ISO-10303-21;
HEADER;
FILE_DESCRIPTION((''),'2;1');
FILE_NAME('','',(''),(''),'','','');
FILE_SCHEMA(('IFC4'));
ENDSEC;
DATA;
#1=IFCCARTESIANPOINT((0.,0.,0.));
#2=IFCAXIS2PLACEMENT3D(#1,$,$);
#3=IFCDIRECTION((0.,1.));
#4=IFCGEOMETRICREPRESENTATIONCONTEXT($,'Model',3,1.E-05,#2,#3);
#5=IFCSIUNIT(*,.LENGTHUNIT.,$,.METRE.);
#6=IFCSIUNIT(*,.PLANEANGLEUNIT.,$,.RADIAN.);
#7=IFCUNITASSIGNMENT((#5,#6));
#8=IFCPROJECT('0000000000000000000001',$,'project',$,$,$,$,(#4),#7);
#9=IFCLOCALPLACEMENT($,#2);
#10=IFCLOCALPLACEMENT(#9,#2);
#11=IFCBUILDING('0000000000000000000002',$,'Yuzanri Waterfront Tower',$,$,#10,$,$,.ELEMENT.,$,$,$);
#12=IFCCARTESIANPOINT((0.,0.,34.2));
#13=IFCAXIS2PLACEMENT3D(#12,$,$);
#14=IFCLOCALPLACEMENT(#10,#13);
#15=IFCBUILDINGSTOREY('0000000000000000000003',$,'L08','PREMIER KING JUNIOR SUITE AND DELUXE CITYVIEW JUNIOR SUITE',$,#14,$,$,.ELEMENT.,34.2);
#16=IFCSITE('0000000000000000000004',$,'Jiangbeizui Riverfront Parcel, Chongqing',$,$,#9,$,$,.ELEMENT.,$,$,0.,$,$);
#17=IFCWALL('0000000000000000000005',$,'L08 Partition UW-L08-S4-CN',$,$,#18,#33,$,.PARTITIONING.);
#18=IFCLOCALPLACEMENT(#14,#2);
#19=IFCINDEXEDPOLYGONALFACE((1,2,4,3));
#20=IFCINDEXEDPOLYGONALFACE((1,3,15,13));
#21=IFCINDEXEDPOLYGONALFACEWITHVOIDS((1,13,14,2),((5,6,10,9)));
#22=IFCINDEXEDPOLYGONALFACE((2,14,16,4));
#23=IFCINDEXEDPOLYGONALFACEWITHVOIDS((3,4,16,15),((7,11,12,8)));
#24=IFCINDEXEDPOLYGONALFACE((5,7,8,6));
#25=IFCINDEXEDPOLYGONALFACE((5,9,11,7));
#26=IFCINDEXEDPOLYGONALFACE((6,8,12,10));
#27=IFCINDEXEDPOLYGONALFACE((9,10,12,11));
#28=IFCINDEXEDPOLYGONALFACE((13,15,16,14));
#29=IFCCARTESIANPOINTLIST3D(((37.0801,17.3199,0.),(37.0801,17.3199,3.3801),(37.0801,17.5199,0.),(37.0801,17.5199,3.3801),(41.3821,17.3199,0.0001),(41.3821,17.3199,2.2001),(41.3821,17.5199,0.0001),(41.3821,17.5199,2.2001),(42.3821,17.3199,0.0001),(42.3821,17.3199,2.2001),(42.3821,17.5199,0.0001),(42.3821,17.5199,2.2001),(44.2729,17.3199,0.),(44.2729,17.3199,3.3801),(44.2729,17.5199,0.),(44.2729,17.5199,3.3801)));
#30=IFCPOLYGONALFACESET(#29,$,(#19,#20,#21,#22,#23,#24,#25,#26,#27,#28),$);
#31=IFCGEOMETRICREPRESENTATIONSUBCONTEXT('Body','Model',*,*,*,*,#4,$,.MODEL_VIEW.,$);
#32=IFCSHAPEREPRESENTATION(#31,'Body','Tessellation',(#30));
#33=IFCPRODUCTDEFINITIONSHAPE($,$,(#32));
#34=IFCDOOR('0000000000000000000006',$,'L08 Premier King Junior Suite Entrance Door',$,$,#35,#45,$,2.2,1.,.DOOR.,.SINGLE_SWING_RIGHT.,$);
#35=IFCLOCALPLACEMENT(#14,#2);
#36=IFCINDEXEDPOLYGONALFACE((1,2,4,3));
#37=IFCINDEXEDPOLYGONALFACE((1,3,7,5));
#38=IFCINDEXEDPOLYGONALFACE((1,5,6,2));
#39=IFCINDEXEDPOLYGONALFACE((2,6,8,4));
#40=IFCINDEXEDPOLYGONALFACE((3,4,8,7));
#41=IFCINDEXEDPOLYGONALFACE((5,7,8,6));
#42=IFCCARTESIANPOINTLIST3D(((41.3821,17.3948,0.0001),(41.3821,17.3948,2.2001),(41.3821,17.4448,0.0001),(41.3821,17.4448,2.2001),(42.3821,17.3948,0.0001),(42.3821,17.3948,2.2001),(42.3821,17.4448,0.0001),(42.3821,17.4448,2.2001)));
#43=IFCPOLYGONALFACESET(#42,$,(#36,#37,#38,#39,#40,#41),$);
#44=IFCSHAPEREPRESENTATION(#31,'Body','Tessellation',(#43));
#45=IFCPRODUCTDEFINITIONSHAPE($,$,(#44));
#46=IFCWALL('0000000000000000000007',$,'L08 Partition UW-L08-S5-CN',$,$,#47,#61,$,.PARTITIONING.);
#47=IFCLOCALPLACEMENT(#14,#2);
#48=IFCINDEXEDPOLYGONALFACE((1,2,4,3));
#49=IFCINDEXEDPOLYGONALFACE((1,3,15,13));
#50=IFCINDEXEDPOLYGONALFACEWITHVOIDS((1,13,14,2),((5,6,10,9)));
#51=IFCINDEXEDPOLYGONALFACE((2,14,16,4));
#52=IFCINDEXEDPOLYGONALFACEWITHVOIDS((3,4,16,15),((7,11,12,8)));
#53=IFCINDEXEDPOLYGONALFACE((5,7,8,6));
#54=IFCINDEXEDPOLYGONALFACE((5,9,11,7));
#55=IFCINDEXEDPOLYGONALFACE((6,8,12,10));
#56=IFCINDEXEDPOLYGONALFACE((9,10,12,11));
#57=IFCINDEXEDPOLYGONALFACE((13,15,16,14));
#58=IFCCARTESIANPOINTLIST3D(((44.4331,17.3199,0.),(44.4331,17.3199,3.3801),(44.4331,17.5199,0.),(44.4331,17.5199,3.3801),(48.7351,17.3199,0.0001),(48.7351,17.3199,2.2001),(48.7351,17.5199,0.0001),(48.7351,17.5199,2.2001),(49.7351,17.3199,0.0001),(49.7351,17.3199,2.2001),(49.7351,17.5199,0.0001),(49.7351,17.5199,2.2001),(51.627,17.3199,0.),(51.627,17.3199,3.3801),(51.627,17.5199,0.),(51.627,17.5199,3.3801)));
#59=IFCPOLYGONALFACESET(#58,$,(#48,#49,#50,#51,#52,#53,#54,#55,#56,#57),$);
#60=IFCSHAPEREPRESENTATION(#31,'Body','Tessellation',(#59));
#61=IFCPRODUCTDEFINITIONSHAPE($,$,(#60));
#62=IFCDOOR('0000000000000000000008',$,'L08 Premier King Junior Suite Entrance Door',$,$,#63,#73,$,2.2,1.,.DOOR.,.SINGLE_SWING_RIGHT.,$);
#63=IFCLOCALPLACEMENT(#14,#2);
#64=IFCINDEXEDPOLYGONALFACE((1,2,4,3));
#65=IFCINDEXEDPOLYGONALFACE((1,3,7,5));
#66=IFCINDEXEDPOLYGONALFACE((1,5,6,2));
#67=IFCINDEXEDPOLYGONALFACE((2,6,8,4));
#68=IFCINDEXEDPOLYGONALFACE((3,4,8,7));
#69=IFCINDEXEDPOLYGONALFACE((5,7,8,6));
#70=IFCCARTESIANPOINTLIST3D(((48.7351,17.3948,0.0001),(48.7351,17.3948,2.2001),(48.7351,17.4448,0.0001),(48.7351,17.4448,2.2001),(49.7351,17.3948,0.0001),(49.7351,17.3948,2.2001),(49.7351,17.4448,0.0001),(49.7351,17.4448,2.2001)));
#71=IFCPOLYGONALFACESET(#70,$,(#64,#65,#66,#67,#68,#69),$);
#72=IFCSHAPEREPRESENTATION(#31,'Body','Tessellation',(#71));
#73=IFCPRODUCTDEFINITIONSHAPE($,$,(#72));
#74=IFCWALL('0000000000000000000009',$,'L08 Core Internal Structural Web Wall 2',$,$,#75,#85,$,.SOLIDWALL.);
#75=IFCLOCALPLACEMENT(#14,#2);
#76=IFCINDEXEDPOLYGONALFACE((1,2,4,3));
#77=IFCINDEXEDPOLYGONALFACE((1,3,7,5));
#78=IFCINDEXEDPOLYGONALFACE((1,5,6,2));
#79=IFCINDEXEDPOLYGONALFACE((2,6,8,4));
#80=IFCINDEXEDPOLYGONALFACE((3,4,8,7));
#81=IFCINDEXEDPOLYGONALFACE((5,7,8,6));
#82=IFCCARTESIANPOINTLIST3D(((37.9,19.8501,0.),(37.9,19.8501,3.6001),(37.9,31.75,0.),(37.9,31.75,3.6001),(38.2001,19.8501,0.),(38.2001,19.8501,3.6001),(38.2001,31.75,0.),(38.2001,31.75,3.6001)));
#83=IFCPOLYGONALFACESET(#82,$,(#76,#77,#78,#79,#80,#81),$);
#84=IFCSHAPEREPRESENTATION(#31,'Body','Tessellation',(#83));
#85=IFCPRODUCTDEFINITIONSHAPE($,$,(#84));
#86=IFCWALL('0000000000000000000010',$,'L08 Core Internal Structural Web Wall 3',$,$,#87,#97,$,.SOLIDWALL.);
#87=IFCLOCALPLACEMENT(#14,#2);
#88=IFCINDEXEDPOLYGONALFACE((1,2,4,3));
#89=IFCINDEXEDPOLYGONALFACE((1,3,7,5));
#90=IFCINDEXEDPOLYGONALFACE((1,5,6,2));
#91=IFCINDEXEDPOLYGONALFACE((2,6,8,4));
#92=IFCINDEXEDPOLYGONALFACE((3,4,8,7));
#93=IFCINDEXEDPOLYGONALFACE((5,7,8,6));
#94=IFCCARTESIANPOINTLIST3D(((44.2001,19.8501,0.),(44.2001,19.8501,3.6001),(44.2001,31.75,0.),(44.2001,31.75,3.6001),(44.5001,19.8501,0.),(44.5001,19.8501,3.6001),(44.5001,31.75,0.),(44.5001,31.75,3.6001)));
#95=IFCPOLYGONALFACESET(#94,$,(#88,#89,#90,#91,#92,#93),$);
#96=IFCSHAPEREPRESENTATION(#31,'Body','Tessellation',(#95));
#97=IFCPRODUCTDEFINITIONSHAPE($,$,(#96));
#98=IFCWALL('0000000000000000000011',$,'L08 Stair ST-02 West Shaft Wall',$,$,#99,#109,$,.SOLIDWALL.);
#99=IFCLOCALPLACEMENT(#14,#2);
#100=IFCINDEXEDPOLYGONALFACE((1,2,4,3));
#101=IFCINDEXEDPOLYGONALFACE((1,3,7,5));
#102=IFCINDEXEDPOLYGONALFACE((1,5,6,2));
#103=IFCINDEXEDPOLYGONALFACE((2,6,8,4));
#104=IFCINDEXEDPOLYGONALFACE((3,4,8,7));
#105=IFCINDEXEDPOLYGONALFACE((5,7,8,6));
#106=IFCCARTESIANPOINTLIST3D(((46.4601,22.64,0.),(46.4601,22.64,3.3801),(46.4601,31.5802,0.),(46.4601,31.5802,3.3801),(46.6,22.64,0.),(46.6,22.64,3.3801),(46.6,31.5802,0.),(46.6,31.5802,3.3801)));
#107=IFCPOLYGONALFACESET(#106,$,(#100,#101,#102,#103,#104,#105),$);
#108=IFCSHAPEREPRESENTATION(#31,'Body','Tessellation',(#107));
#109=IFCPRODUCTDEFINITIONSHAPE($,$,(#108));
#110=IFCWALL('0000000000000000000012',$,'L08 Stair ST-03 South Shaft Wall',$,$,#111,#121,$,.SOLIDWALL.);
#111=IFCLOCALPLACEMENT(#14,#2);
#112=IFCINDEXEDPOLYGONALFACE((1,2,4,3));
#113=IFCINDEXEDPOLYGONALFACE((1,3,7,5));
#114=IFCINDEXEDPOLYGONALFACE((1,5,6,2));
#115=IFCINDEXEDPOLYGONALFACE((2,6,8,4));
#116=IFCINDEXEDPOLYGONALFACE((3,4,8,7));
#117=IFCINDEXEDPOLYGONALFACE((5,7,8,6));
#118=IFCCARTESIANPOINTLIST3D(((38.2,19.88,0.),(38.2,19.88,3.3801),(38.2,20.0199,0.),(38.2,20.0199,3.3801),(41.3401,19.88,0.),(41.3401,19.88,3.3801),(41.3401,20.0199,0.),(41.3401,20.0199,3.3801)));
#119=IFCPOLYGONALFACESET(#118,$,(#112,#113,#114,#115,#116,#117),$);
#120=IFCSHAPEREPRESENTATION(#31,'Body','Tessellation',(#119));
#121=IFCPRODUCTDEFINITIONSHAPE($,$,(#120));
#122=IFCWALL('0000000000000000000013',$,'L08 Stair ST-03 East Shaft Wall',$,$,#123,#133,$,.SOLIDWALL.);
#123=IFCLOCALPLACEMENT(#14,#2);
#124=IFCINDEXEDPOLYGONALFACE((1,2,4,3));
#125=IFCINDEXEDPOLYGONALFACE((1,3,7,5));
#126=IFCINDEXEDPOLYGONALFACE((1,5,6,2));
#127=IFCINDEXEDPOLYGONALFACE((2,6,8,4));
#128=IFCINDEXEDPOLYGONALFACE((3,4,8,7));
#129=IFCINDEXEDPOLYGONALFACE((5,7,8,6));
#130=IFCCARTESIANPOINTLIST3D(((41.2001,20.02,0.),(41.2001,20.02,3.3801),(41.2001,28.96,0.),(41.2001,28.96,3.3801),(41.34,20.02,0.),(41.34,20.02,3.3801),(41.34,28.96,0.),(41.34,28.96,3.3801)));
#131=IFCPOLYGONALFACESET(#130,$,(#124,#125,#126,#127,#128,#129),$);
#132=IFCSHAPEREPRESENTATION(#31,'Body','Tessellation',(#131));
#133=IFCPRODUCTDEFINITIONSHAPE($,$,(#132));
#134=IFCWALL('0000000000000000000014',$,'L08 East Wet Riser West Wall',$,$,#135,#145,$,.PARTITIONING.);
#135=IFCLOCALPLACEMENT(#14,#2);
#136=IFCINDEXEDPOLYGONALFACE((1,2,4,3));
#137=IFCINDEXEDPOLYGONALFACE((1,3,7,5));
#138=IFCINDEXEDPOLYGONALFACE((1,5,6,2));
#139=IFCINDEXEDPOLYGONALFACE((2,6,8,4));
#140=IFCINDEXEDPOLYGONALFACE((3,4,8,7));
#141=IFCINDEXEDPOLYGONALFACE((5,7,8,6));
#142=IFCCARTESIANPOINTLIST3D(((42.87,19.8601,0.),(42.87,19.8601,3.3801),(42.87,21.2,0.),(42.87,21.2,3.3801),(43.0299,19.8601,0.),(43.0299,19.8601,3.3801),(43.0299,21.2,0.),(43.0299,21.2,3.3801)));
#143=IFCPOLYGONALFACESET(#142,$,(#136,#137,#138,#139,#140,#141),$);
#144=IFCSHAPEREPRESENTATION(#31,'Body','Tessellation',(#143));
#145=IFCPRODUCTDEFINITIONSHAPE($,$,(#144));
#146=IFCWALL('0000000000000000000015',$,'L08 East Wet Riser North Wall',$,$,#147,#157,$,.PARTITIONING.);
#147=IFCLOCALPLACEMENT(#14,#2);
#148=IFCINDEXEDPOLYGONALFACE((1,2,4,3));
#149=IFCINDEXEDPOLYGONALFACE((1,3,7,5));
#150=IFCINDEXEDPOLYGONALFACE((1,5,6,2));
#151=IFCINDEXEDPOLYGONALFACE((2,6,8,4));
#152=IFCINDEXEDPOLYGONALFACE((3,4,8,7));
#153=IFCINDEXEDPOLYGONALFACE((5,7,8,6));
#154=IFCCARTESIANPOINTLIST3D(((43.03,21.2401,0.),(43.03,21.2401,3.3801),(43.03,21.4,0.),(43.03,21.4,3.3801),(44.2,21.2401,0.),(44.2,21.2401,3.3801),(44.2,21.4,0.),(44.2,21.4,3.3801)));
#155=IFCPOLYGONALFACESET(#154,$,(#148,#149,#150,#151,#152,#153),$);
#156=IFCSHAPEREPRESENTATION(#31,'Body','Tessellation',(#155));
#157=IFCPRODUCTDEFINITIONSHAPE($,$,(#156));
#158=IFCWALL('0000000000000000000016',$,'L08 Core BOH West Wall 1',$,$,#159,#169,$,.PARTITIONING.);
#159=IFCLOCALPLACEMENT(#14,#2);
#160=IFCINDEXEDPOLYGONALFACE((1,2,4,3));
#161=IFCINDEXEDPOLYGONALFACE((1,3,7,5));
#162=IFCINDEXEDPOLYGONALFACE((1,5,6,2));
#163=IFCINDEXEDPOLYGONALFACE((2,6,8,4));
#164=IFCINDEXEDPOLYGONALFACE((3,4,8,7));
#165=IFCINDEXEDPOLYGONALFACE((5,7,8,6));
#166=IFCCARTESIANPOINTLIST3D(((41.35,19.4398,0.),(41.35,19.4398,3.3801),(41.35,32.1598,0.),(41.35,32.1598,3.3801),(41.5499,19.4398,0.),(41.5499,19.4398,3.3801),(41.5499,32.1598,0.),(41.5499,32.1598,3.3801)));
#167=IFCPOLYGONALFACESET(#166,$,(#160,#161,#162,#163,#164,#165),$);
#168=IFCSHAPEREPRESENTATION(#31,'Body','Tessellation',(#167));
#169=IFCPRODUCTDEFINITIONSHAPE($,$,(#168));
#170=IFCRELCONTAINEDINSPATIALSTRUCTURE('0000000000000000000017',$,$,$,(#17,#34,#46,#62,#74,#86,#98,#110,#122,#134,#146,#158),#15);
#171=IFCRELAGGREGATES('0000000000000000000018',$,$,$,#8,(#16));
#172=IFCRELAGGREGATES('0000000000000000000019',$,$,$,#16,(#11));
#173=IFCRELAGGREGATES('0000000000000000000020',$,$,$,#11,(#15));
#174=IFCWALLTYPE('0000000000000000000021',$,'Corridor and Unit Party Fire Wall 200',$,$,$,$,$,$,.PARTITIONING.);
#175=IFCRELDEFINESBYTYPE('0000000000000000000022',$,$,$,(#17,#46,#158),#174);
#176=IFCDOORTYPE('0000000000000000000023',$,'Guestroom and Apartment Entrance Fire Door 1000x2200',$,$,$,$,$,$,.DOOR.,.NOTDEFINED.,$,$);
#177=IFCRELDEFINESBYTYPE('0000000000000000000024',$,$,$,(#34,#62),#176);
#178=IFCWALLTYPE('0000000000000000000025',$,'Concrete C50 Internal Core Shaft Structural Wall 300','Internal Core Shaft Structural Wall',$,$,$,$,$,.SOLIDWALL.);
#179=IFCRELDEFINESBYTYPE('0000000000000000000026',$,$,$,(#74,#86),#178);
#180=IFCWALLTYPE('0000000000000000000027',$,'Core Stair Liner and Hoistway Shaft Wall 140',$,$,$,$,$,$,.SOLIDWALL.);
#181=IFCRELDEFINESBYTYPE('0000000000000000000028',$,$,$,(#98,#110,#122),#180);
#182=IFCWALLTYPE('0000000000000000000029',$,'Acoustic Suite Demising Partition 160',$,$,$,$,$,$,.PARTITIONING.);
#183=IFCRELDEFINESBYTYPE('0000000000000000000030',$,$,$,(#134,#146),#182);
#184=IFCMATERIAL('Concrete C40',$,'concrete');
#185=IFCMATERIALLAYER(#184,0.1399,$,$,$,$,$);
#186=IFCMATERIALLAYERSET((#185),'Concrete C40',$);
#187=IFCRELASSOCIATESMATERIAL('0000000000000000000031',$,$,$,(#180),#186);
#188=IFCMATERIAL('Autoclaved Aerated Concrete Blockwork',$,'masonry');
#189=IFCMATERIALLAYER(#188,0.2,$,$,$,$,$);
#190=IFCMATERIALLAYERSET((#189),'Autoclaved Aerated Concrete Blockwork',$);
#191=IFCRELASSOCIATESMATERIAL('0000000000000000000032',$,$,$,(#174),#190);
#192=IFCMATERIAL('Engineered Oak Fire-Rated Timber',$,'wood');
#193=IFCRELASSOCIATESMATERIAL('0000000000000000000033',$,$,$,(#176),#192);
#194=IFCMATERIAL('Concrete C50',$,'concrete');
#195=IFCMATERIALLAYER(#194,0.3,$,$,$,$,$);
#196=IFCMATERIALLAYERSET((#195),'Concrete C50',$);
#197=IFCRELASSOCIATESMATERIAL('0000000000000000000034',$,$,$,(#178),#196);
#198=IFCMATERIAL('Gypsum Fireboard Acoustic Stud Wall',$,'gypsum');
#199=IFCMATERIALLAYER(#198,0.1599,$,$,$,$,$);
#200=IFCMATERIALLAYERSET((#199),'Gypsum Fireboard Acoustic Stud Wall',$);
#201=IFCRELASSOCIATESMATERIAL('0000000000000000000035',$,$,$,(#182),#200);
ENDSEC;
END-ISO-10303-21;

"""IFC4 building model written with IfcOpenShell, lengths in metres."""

from ifc_helpers import new_model, si_unit, direction, frame, frame_2d, origin, place, context, subcontext, project, spatial, rectangle, extrude, source, transform, mapped, material, layer, layer_set, type_object, element, fill, save


model = new_model("IFC4")

# Units and contexts
model_context = context("Model", 3, precision=1e-05, world=origin(), true_north=direction((0.0, 1.0)))
body_context = subcontext(model_context, "Body", "Model", "MODEL_VIEW")
ifc_project = project(units=[si_unit("LENGTHUNIT", "METRE"), si_unit("PLANEANGLEUNIT", "RADIAN")], contexts=[model_context])

# Site, building, storey
site_placement = place(None, origin())
site = spatial("IfcSite", under=ifc_project, at=site_placement, Name="Jiangbeizui Riverfront Parcel, Chongqing", CompositionType="ELEMENT", RefElevation=0.0)
building_placement = place(site_placement, origin())
building = spatial("IfcBuilding", under=site, at=building_placement, Name="Yuzanri Waterfront Tower", CompositionType="ELEMENT")
storey_placement = place(building_placement, frame((0.0, 0.0, 34.2)))
storey = spatial("IfcBuildingStorey", under=building, at=storey_placement, Name="L08", Description="PREMIER KING JUNIOR SUITE AND DELUXE CITYVIEW JUNIOR SUITE", CompositionType="ELEMENT", Elevation=34.2)

# Walls, openings, doors
ifc_material_1 = material(Name="Concrete C40", Category="concrete")
ifc_layer_1 = layer(ifc_material_1, 0.1399)
ifc_layer_set_1 = layer_set([ifc_layer_1], Name="Concrete C40")
wall_type_1 = type_object("IfcWallType", Name="Core Stair Liner and Hoistway Shaft Wall 140", PredefinedType="SOLIDWALL", material=ifc_layer_set_1)
ifc_material_2 = material(Name="Autoclaved Aerated Concrete Blockwork", Category="masonry")
ifc_layer_2 = layer(ifc_material_2, 0.2)
ifc_layer_set_2 = layer_set([ifc_layer_2], Name="Autoclaved Aerated Concrete Blockwork")
wall_type_2 = type_object("IfcWallType", Name="Corridor and Unit Party Fire Wall 200", PredefinedType="PARTITIONING", material=ifc_layer_set_2)
wall_1_placement = place(storey_placement, frame((37.0801, 17.4199, 0.0), z_axis=(0.0, 0.0, 1.0), x_axis=(1.0, 0.0, 0.0)))
wall_1 = element("IfcWall", 1, at=wall_1_placement, inside=storey, type_object=wall_type_2, Name="L08 Partition UW-L08-S4-CN", PredefinedType="PARTITIONING", context=body_context, shape_type="SweptSolid", body=[
    extrude(rectangle(XDim=7.1929, YDim=0.2, at=frame_2d((3.5964, 0.0))), origin(), (0.0, 0.0, 1.0), 3.3801),
])
opening_1_placement = place(wall_1_placement, frame((4.302, 0.0, 0.0)))
opening_1 = element("IfcOpeningElement", 2, at=opening_1_placement, cuts=wall_1, PredefinedType="OPENING", context=body_context, shape_type="SweptSolid", body=[
    extrude(rectangle(XDim=1.0, YDim=2.2, at=frame_2d((0.5, 1.1001))), frame((0.0, 0.1147, 0.0), z_axis=(0.0, -1.0, 0.0), x_axis=(1.0, 0.0, 0.0)), (0.0, 0.0, 1.0), 0.2297),
])
ifc_material_3 = material(Name="Engineered Oak Fire-Rated Timber", Category="wood")
door_type_1 = type_object("IfcDoorType", Name="Guestroom and Apartment Entrance Fire Door 1000x2200", OperationType="NOTDEFINED", PredefinedType="DOOR", material=ifc_material_3)
shared_shape_1 = source(origin(), body_context, "Body", "SweptSolid", [
    extrude(rectangle(XDim=1.0, YDim=2.2, at=frame_2d((0.5, 1.1001))), frame((0.0, 0.0249, 0.0), z_axis=(0.0, -1.0, 0.0), x_axis=(1.0, 0.0, 0.0)), (0.0, 0.0, 1.0), 0.05),
])
door_1_placement = place(opening_1_placement, origin())
door_1 = element("IfcDoor", 3, at=door_1_placement, inside=storey, type_object=door_type_1, Name="L08 Premier King Junior Suite Entrance Door", OperationType="SINGLE_SWING_RIGHT", OverallHeight=2.2, OverallWidth=1.0, PredefinedType="DOOR", context=body_context, shape_type="MappedRepresentation", body=[
    mapped(shared_shape_1, transform((0.0, 0.0, 0.0), scale=1.0)),
])
fill(opening_1, door_1)
wall_2_placement = place(storey_placement, frame((44.4331, 17.4199, 0.0), z_axis=(0.0, 0.0, 1.0), x_axis=(1.0, 0.0, 0.0)))
wall_2 = element("IfcWall", 4, at=wall_2_placement, inside=storey, type_object=wall_type_2, Name="L08 Partition UW-L08-S5-CN", PredefinedType="PARTITIONING", context=body_context, shape_type="SweptSolid", body=[
    extrude(rectangle(XDim=7.1938, YDim=0.2, at=frame_2d((3.5969, 0.0))), origin(), (0.0, 0.0, 1.0), 3.3801),
])
opening_2_placement = place(wall_2_placement, frame((4.302, 0.0, 0.0)))
opening_2 = element("IfcOpeningElement", 5, at=opening_2_placement, cuts=wall_2, PredefinedType="OPENING", context=body_context, shape_type="SweptSolid", body=[
    extrude(rectangle(XDim=1.0, YDim=2.2, at=frame_2d((0.5, 1.1001))), frame((0.0, 0.1147, 0.0), z_axis=(0.0, -1.0, 0.0), x_axis=(1.0, 0.0, 0.0)), (0.0, 0.0, 1.0), 0.2297),
])
door_2_placement = place(opening_2_placement, origin())
door_2 = element("IfcDoor", 6, at=door_2_placement, inside=storey, type_object=door_type_1, Name="L08 Premier King Junior Suite Entrance Door", OperationType="SINGLE_SWING_RIGHT", OverallHeight=2.2, OverallWidth=1.0, PredefinedType="DOOR", context=body_context, shape_type="MappedRepresentation", body=[
    mapped(shared_shape_1, transform((0.0, 0.0, 0.0), scale=1.0)),
])
fill(opening_2, door_2)

# Walls
ifc_material_4 = material(Name="Concrete C50", Category="concrete")
ifc_layer_3 = layer(ifc_material_4, 0.3)
ifc_layer_set_3 = layer_set([ifc_layer_3], Name="Concrete C50")
wall_type_3 = type_object("IfcWallType", Name="Concrete C50 Internal Core Shaft Structural Wall 300", Description="Internal Core Shaft Structural Wall", PredefinedType="SOLIDWALL", material=ifc_layer_set_3)
shared_shape_2 = source(origin(), body_context, "Body", "SweptSolid", [
    extrude(rectangle(XDim=11.8999, YDim=0.3, at=frame_2d((5.95, 0.0))), origin(), (0.0, 0.0, 1.0), 3.6001),
])
for number, where, z_axis, x_axis, name in (
    (7, (38.05, 19.8501, 0.0), (0.0, 0.0, 1.0), (0.0, 1.0, 0.0), "L08 Core Internal Structural Web Wall 2"),
    (8, (44.3501, 19.8501, 0.0), (0.0, 0.0, 1.0), (0.0, 1.0, 0.0), "L08 Core Internal Structural Web Wall 3"),
):
    element("IfcWall", number, at=place(storey_placement, frame(where, z_axis=z_axis, x_axis=x_axis)), inside=storey, type_object=wall_type_3, Name=name, PredefinedType="SOLIDWALL", context=body_context, shape_type="MappedRepresentation", body=[
        mapped(shared_shape_2, transform((0.0, 0.0, 0.0), scale=1.0)),
    ])
shared_shape_3 = source(origin(), body_context, "Body", "SweptSolid", [
    extrude(rectangle(XDim=8.9402, YDim=0.1399, at=frame_2d((4.4702, 0.0))), origin(), (0.0, 0.0, 1.0), 3.3801),
])
wall_3_placement = place(storey_placement, frame((46.53, 22.6399, 0.0), z_axis=(0.0, 0.0, 1.0), x_axis=(0.0, 1.0, 0.0)))
element("IfcWall", 9, at=wall_3_placement, inside=storey, type_object=wall_type_1, Name="L08 Stair ST-02 West Shaft Wall", PredefinedType="SOLIDWALL", context=body_context, shape_type="MappedRepresentation", body=[
    mapped(shared_shape_3, transform((0.0, 0.0, 0.0), scale=1.0)),
])
shared_shape_4 = source(origin(), body_context, "Body", "SweptSolid", [
    extrude(rectangle(XDim=3.1401, YDim=0.1399, at=frame_2d((1.5701, 0.0))), origin(), (0.0, 0.0, 1.0), 3.3801),
])
wall_4_placement = place(storey_placement, frame((38.2, 19.95, 0.0), z_axis=(0.0, 0.0, 1.0), x_axis=(1.0, 0.0, 0.0)))
element("IfcWall", 10, at=wall_4_placement, inside=storey, type_object=wall_type_1, Name="L08 Stair ST-03 South Shaft Wall", PredefinedType="SOLIDWALL", context=body_context, shape_type="MappedRepresentation", body=[
    mapped(shared_shape_4, transform((0.0, 0.0, 0.0), scale=1.0)),
])
shared_shape_5 = source(origin(), body_context, "Body", "SweptSolid", [
    extrude(rectangle(XDim=8.9399, YDim=0.1399, at=frame_2d((4.47, 0.0))), origin(), (0.0, 0.0, 1.0), 3.3801),
])
wall_5_placement = place(storey_placement, frame((41.27, 20.02, 0.0), z_axis=(0.0, 0.0, 1.0), x_axis=(0.0, 1.0, 0.0)))
element("IfcWall", 11, at=wall_5_placement, inside=storey, type_object=wall_type_1, Name="L08 Stair ST-03 East Shaft Wall", PredefinedType="SOLIDWALL", context=body_context, shape_type="MappedRepresentation", body=[
    mapped(shared_shape_5, transform((0.0, 0.0, 0.0), scale=1.0)),
])
ifc_material_5 = material(Name="Gypsum Fireboard Acoustic Stud Wall", Category="gypsum")
ifc_layer_4 = layer(ifc_material_5, 0.1599)
ifc_layer_set_4 = layer_set([ifc_layer_4], Name="Gypsum Fireboard Acoustic Stud Wall")
wall_type_4 = type_object("IfcWallType", Name="Acoustic Suite Demising Partition 160", PredefinedType="PARTITIONING", material=ifc_layer_set_4)
shared_shape_6 = source(origin(), body_context, "Body", "SweptSolid", [
    extrude(rectangle(XDim=1.3398, YDim=0.1599, at=frame_2d((0.6699, 0.0))), origin(), (0.0, 0.0, 1.0), 3.3801),
])
wall_6_placement = place(storey_placement, frame((42.95, 19.8601, 0.0), z_axis=(0.0, 0.0, 1.0), x_axis=(0.0, 1.0, 0.0)))
element("IfcWall", 12, at=wall_6_placement, inside=storey, type_object=wall_type_4, Name="L08 East Wet Riser West Wall", PredefinedType="PARTITIONING", context=body_context, shape_type="MappedRepresentation", body=[
    mapped(shared_shape_6, transform((0.0, 0.0, 0.0), scale=1.0)),
])
shared_shape_7 = source(origin(), body_context, "Body", "SweptSolid", [
    extrude(rectangle(XDim=1.1699, YDim=0.1599, at=frame_2d((0.585, 0.0))), origin(), (0.0, 0.0, 1.0), 3.3801),
])
wall_7_placement = place(storey_placement, frame((43.03, 21.3201, 0.0), z_axis=(0.0, 0.0, 1.0), x_axis=(1.0, 0.0, 0.0)))
element("IfcWall", 13, at=wall_7_placement, inside=storey, type_object=wall_type_4, Name="L08 East Wet Riser North Wall", PredefinedType="PARTITIONING", context=body_context, shape_type="MappedRepresentation", body=[
    mapped(shared_shape_7, transform((0.0, 0.0, 0.0), scale=1.0)),
])
shared_shape_8 = source(origin(), body_context, "Body", "SweptSolid", [
    extrude(rectangle(XDim=12.72, YDim=0.2, at=frame_2d((6.3599, 0.0))), origin(), (0.0, 0.0, 1.0), 3.3801),
])
wall_8_placement = place(storey_placement, frame((41.45, 19.4399, 0.0), z_axis=(0.0, 0.0, 1.0), x_axis=(0.0, 1.0, 0.0)))
element("IfcWall", 14, at=wall_8_placement, inside=storey, type_object=wall_type_2, Name="L08 Core BOH West Wall 1", PredefinedType="PARTITIONING", context=body_context, shape_type="MappedRepresentation", body=[
    mapped(shared_shape_8, transform((0.0, 0.0, 0.0), scale=1.0)),
])

save(model, "model.ifc")
